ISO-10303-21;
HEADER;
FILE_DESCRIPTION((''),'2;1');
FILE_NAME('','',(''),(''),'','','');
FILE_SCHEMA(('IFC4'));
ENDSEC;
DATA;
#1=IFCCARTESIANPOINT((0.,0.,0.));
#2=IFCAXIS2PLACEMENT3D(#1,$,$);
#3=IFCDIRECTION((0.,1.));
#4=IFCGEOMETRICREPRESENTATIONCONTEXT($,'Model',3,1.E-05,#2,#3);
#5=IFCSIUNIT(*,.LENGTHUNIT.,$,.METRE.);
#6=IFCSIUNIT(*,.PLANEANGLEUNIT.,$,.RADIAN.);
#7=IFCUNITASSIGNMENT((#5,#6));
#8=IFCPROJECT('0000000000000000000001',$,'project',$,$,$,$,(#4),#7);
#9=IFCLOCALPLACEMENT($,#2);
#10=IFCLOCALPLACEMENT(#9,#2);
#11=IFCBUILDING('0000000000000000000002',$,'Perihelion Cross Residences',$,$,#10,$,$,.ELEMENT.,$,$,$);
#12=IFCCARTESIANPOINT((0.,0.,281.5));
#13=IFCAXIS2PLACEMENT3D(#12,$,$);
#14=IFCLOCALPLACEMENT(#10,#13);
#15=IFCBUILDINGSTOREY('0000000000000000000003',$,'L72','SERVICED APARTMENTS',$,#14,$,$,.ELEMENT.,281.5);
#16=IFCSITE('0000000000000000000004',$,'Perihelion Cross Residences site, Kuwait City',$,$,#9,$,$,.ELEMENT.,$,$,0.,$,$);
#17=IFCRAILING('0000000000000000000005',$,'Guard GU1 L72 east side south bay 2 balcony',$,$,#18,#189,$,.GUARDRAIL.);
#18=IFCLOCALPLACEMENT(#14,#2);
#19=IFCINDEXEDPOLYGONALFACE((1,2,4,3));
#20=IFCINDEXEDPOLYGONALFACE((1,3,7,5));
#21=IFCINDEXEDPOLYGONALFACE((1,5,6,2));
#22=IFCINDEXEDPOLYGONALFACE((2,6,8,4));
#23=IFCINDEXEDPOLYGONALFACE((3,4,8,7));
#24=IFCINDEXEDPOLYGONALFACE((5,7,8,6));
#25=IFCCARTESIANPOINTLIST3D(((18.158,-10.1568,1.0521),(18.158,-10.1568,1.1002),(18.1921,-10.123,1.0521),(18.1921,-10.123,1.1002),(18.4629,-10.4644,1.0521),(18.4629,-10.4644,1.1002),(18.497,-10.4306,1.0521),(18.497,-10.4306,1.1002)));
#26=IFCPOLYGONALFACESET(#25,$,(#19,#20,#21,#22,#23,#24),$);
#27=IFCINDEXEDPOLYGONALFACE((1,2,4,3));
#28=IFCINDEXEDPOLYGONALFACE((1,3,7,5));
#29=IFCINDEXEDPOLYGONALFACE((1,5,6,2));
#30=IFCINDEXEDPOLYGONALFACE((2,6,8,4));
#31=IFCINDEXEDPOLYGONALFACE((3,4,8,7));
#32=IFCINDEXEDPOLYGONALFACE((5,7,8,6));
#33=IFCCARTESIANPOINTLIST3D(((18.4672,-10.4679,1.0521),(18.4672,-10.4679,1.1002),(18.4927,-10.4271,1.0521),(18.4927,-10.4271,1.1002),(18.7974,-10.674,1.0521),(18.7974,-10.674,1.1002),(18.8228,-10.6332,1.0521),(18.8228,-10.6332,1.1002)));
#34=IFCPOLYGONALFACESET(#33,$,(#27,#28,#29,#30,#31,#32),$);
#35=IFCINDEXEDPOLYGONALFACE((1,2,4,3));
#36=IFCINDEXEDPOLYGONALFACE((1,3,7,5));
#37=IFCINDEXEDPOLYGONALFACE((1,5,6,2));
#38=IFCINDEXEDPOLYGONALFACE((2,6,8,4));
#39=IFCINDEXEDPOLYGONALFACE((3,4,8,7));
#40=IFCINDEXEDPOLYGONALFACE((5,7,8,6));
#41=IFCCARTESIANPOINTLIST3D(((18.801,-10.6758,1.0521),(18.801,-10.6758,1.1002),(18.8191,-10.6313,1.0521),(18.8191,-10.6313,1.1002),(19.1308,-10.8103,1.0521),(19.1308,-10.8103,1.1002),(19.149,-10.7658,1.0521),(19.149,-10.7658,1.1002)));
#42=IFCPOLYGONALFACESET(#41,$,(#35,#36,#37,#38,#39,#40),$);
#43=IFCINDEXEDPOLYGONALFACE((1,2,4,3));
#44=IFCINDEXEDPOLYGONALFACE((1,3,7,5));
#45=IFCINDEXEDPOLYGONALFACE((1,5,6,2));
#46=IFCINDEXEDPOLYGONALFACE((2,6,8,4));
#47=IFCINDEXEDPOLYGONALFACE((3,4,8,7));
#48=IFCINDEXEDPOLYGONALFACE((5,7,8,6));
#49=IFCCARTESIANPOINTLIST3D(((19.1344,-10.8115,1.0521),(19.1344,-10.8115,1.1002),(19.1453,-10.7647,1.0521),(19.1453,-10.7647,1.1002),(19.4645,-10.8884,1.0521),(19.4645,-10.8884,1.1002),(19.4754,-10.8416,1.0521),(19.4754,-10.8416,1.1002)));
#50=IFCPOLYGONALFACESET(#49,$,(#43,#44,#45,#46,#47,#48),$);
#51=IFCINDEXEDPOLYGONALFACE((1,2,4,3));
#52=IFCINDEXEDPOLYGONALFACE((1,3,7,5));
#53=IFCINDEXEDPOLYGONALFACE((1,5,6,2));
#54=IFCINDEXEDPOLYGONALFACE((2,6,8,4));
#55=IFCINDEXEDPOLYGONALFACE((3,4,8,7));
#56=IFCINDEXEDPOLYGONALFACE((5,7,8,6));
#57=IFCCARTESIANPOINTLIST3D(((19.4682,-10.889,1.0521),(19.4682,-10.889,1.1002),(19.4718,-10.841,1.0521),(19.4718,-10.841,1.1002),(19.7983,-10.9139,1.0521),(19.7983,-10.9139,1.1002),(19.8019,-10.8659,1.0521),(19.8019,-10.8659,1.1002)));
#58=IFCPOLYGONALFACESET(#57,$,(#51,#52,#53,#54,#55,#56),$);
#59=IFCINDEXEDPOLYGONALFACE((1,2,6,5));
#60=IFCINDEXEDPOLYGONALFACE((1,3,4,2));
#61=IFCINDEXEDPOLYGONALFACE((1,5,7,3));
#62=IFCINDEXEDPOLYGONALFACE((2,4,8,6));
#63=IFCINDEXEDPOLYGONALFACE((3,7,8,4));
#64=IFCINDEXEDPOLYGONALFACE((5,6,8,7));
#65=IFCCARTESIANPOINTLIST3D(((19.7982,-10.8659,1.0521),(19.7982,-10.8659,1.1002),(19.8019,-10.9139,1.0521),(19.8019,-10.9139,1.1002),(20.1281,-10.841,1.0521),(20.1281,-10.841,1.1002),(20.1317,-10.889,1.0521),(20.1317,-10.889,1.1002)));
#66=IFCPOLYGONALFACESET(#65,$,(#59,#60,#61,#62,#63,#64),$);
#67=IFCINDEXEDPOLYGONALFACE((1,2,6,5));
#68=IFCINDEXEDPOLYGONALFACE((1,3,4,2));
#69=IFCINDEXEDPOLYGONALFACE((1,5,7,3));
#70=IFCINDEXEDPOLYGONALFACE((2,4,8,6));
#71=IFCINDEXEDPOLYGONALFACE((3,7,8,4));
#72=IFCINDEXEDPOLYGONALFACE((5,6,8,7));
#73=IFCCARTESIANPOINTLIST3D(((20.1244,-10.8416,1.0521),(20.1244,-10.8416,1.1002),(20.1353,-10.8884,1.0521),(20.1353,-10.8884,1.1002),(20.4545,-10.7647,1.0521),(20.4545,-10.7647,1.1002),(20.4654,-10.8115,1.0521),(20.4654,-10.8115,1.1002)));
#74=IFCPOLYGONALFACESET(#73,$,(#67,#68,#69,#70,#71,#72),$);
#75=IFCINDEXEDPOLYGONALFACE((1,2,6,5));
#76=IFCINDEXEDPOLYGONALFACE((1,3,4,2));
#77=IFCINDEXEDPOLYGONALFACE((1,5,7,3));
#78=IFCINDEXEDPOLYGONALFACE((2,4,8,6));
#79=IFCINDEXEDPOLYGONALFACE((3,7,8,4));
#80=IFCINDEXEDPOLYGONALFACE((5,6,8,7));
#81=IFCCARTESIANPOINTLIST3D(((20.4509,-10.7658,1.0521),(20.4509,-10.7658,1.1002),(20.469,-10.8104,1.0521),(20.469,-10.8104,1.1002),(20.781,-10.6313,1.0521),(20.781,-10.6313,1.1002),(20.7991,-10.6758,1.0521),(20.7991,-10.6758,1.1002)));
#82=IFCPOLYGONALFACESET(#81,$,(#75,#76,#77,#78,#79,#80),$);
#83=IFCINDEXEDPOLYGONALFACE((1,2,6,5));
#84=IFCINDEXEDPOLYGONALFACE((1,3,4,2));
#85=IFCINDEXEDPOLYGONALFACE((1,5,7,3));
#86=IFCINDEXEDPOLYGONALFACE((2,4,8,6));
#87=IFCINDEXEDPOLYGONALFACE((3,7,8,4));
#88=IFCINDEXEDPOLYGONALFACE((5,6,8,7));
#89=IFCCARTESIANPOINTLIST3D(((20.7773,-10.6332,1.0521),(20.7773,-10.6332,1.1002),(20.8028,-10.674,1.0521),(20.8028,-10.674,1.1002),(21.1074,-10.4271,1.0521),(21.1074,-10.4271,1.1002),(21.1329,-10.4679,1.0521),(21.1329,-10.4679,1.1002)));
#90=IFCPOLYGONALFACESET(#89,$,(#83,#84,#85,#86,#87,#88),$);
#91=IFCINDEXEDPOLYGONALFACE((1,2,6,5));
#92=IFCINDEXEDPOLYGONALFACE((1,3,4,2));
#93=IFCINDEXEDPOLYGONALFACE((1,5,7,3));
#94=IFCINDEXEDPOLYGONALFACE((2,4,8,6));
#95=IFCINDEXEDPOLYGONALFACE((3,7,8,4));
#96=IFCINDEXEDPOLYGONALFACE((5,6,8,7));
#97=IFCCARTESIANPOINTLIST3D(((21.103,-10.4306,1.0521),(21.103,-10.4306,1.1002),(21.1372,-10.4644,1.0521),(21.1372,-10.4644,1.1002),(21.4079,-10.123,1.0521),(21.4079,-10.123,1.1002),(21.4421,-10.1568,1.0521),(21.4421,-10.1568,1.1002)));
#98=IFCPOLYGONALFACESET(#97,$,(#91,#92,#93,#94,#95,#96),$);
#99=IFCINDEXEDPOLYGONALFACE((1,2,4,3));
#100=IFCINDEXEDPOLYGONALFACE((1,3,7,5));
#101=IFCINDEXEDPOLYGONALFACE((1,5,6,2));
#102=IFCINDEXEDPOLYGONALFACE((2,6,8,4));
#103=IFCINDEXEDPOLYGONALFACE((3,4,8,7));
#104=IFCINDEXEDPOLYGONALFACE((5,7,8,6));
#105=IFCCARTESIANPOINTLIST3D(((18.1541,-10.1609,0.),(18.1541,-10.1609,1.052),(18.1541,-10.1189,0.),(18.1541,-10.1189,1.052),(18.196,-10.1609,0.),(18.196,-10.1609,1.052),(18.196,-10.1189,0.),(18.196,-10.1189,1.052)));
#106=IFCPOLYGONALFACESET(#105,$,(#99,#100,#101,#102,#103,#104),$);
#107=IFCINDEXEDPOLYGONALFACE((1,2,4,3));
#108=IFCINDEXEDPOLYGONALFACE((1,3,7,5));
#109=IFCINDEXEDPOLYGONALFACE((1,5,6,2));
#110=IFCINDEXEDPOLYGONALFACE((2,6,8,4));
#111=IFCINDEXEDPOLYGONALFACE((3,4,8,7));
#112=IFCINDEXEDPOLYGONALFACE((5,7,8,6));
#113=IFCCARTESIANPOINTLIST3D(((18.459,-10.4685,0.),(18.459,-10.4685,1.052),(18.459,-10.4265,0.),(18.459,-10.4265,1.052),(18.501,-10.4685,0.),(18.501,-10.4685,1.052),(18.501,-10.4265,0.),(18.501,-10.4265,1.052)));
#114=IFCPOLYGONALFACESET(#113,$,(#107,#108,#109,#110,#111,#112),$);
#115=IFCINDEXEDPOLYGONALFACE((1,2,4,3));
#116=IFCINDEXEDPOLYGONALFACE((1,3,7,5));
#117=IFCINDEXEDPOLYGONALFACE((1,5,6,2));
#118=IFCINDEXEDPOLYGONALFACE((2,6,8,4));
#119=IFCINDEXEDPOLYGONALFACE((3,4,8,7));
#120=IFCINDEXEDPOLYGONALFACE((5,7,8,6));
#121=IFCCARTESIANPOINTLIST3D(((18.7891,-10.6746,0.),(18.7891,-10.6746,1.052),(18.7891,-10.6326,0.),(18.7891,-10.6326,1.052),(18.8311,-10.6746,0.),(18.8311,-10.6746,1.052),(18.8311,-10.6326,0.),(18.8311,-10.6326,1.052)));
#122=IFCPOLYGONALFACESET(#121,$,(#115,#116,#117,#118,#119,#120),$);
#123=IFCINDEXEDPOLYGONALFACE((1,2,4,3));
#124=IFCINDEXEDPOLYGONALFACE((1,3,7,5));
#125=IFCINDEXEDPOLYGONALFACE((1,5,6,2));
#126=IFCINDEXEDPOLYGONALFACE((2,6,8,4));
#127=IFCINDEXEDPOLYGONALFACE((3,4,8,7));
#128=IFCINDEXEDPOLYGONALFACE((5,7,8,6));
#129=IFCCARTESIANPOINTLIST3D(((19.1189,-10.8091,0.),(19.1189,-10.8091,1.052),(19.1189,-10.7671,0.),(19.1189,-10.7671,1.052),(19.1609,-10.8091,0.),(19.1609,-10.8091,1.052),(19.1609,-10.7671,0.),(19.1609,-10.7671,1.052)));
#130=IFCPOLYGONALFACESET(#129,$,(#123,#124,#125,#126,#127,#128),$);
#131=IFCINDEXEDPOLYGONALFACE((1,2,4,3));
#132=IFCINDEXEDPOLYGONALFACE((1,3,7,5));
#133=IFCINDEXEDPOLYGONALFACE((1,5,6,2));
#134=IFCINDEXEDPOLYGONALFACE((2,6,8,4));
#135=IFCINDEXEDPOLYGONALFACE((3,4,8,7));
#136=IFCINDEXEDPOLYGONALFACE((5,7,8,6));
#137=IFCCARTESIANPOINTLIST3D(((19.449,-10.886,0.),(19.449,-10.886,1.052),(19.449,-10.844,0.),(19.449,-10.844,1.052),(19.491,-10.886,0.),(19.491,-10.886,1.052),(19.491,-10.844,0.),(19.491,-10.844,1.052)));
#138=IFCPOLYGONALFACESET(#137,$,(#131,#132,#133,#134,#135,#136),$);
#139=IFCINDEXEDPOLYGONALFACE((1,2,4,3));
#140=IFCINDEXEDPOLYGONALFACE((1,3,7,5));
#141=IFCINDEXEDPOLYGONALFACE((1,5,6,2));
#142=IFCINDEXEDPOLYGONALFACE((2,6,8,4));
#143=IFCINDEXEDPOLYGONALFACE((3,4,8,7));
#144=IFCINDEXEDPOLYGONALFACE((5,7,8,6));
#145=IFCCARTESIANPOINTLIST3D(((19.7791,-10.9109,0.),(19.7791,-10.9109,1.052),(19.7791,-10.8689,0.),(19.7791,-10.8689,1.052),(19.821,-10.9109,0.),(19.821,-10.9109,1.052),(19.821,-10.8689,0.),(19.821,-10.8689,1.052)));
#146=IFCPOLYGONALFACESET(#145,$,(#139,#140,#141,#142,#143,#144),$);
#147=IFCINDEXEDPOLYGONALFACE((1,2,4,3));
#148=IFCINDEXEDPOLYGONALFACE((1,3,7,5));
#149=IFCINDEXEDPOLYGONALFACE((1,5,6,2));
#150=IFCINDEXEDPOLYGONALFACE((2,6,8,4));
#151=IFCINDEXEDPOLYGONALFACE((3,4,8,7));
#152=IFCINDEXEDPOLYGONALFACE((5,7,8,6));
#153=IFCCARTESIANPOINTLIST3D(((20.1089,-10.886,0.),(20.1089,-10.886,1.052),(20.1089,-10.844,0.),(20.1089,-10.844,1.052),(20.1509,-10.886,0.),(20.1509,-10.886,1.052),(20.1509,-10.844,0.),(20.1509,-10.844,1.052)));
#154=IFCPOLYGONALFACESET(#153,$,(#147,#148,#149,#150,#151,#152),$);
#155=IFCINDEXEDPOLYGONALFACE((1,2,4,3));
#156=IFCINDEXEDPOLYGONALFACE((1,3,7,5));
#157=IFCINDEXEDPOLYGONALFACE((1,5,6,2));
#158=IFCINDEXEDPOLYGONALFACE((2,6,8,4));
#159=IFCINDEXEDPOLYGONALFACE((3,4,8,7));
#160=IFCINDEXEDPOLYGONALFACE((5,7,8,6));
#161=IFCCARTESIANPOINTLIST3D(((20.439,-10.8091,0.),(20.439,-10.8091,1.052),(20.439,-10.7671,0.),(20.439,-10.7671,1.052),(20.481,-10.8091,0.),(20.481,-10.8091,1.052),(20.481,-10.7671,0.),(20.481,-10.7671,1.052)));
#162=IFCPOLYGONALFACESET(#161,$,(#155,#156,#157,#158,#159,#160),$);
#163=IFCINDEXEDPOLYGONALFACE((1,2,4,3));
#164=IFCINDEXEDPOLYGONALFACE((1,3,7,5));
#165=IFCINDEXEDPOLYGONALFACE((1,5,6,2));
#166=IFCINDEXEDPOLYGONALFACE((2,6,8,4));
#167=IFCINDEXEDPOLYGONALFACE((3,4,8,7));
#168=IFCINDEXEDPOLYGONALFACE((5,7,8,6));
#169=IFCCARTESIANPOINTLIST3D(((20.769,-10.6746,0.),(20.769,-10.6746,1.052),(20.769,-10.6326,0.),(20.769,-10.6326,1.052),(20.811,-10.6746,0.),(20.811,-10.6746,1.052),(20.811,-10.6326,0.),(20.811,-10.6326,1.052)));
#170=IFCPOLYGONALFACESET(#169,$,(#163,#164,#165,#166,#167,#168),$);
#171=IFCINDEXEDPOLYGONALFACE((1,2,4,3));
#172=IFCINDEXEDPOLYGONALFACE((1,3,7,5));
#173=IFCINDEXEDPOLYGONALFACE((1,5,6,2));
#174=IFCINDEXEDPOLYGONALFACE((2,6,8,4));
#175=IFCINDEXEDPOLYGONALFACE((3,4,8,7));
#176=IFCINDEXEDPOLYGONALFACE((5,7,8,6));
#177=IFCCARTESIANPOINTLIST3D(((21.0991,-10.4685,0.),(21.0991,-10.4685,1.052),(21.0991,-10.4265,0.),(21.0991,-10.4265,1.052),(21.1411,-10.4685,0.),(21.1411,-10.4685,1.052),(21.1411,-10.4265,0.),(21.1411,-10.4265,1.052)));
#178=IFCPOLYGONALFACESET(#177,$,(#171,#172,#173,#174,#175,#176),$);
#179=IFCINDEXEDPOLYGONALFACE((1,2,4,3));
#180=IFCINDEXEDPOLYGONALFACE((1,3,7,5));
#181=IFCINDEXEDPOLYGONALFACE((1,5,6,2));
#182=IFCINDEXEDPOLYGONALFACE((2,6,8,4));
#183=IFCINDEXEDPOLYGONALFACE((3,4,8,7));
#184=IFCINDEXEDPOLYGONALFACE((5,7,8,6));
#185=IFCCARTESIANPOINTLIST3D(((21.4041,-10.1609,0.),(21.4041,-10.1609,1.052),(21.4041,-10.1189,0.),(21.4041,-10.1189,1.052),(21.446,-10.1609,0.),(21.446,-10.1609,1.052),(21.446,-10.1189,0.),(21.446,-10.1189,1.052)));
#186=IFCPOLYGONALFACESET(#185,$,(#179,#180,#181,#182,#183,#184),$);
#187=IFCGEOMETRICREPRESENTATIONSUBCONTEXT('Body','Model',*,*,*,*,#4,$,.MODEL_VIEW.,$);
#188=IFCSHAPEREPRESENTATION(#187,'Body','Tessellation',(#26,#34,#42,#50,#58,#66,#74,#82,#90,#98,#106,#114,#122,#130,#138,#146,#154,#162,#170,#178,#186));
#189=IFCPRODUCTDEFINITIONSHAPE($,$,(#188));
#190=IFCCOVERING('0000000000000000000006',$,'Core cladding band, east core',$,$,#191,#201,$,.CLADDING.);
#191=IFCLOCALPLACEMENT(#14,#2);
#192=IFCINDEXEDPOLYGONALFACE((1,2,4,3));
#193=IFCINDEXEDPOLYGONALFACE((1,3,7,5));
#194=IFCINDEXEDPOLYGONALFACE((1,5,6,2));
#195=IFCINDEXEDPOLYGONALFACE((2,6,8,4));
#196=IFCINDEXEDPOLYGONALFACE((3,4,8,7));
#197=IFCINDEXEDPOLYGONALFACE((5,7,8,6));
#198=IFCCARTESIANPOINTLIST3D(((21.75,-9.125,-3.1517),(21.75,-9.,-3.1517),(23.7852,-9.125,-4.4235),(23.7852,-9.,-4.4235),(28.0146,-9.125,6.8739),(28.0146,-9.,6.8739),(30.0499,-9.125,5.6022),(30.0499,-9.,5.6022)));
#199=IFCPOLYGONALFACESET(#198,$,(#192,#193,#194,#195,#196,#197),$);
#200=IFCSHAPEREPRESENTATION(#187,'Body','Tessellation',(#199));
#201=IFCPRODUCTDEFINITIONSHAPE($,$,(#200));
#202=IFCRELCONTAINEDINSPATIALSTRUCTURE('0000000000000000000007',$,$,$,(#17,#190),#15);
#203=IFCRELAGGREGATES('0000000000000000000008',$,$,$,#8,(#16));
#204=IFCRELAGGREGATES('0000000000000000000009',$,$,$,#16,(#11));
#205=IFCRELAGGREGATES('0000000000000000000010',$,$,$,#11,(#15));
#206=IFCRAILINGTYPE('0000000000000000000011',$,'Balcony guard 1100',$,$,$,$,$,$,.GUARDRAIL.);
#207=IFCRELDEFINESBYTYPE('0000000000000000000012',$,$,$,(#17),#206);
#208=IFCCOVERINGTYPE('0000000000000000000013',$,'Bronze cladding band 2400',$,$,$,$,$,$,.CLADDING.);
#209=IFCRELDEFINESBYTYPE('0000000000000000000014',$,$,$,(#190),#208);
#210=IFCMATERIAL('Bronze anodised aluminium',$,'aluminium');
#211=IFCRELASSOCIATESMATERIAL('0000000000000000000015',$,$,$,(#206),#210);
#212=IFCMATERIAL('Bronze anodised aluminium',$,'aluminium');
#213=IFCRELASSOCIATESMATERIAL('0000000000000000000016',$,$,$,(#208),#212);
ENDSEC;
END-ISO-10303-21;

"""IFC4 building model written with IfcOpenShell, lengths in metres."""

from ifc_helpers import new_model, si_unit, direction, frame, origin, origin_2d, place, context, subcontext, project, spatial, rectangle, extrude, material, material_profile, profile_set, type_object, element, save


model = new_model("IFC4")

# Units and contexts
model_context = context("Model", 3, precision=1e-05, world=origin(), true_north=direction((0.0, 1.0)))
body_context = subcontext(model_context, "Body", "Model", "MODEL_VIEW")
ifc_project = project(units=[si_unit("LENGTHUNIT", "METRE"), si_unit("PLANEANGLEUNIT", "RADIAN")], contexts=[model_context])

# Site, building, storey
site_placement = place(None, origin())
site = spatial("IfcSite", under=ifc_project, at=site_placement, Name="Perihelion Cross Residences site, Kuwait City", CompositionType="ELEMENT", RefElevation=0.0)
building_placement = place(site_placement, origin())
building = spatial("IfcBuilding", under=site, at=building_placement, Name="Perihelion Cross Residences", CompositionType="ELEMENT")
storey_placement = place(building_placement, frame((0.0, 0.0, 281.5)))
storey = spatial("IfcBuildingStorey", under=building, at=storey_placement, Name="L72", Description="SERVICED APARTMENTS", CompositionType="ELEMENT", Elevation=281.5)

# Railing
ifc_material_1 = material(Name="Bronze anodised aluminium", Category="aluminium")
railing_type = type_object("IfcRailingType", Name="Balcony guard 1100", PredefinedType="GUARDRAIL", material=ifc_material_1)
railing_placement = place(storey_placement, frame((18.175, -10.1399, 0.0)))
element("IfcRailing", 1, at=railing_placement, inside=storey, type_object=railing_type, Name="Guard GU1 L72 east side south bay 2 balcony", PredefinedType="GUARDRAIL", context=body_context, shape_type="SweptSolid", body=[
    extrude(rectangle(XDim=0.0481, YDim=0.0481, at=origin_2d()), frame((0.0, 0.0, 1.0762), z_axis=(0.704, -0.7102, 0.0), x_axis=(0.7102, 0.704, 0.0)), (0.0, 0.0, 1.0), 0.4331),
    extrude(rectangle(XDim=0.0481, YDim=0.0481, at=origin_2d()), frame((0.3049, -0.3076, 1.0762), z_axis=(0.84828, -0.529548, 0.0), x_axis=(0.529548, 0.84828, 0.0)), (0.0, 0.0, 1.0), 0.3892),
    extrude(rectangle(XDim=0.0481, YDim=0.0481, at=origin_2d()), frame((0.635, -0.5137, 1.0762), z_axis=(0.92595, -0.377645, 0.0), x_axis=(0.377645, 0.92595, 0.0)), (0.0, 0.0, 1.0), 0.3562),
    extrude(rectangle(XDim=0.0481, YDim=0.0481, at=origin_2d()), frame((0.9648, -0.6482, 1.0762), z_axis=(0.973916, -0.226911, 0.0), x_axis=(0.226911, 0.973916, 0.0)), (0.0, 0.0, 1.0), 0.3389),
    extrude(rectangle(XDim=0.0481, YDim=0.0481, at=origin_2d()), frame((1.2949, -0.7251, 1.0762), z_axis=(0.997166, -0.07523, 0.0), x_axis=(0.07523, 0.997166, 0.0)), (0.0, 0.0, 1.0), 0.3311),
    extrude(rectangle(XDim=0.0481, YDim=0.0481, at=origin_2d()), frame((1.625, -0.75, 1.0762), z_axis=(0.997162, 0.075285, 0.0), x_axis=(-0.075285, 0.997162, 0.0)), (0.0, 0.0, 1.0), 0.3308),
    extrude(rectangle(XDim=0.0481, YDim=0.0481, at=origin_2d()), frame((1.9548, -0.7251, 1.0762), z_axis=(0.973916, 0.226911, 0.0), x_axis=(-0.226911, 0.973916, 0.0)), (0.0, 0.0, 1.0), 0.3389),
    extrude(rectangle(XDim=0.0481, YDim=0.0481, at=origin_2d()), frame((2.2849, -0.6482, 1.0762), z_axis=(0.926048, 0.377406, 0.0), x_axis=(-0.377406, 0.926048, 0.0)), (0.0, 0.0, 1.0), 0.3564),
    extrude(rectangle(XDim=0.0481, YDim=0.0481, at=origin_2d()), frame((2.615, -0.5137, 1.0762), z_axis=(0.84828, 0.529548, 0.0), x_axis=(-0.529548, 0.84828, 0.0)), (0.0, 0.0, 1.0), 0.3892),
    extrude(rectangle(XDim=0.0481, YDim=0.0481, at=origin_2d()), frame((2.9451, -0.3076, 1.0762), z_axis=(0.704, 0.7102, 0.0), x_axis=(-0.7102, 0.704, 0.0)), (0.0, 0.0, 1.0), 0.4331),
    extrude(rectangle(XDim=0.042, YDim=0.042, at=origin_2d()), origin(), (0.0, 0.0, 1.0), 1.052),
    extrude(rectangle(XDim=0.042, YDim=0.042, at=origin_2d()), frame((0.3049, -0.3076, 0.0)), (0.0, 0.0, 1.0), 1.052),
    extrude(rectangle(XDim=0.042, YDim=0.042, at=origin_2d()), frame((0.635, -0.5137, 0.0)), (0.0, 0.0, 1.0), 1.052),
    extrude(rectangle(XDim=0.042, YDim=0.042, at=origin_2d()), frame((0.9648, -0.6482, 0.0)), (0.0, 0.0, 1.0), 1.052),
    extrude(rectangle(XDim=0.042, YDim=0.042, at=origin_2d()), frame((1.2949, -0.7251, 0.0)), (0.0, 0.0, 1.0), 1.052),
    extrude(rectangle(XDim=0.042, YDim=0.042, at=origin_2d()), frame((1.625, -0.75, 0.0)), (0.0, 0.0, 1.0), 1.052),
    extrude(rectangle(XDim=0.042, YDim=0.042, at=origin_2d()), frame((1.9548, -0.7251, 0.0)), (0.0, 0.0, 1.0), 1.052),
    extrude(rectangle(XDim=0.042, YDim=0.042, at=origin_2d()), frame((2.2849, -0.6482, 0.0)), (0.0, 0.0, 1.0), 1.052),
    extrude(rectangle(XDim=0.042, YDim=0.042, at=origin_2d()), frame((2.615, -0.5137, 0.0)), (0.0, 0.0, 1.0), 1.052),
    extrude(rectangle(XDim=0.042, YDim=0.042, at=origin_2d()), frame((2.9451, -0.3076, 0.0)), (0.0, 0.0, 1.0), 1.052),
    extrude(rectangle(XDim=0.042, YDim=0.042, at=origin_2d()), frame((3.25, 0.0, 0.0)), (0.0, 0.0, 1.0), 1.052),
])

# Covering
ifc_material_2 = material(Name="Bronze anodised aluminium", Category="aluminium")
ifc_material_profile_1 = material_profile(ifc_material_2, rectangle(XDim=0.125, YDim=2.3999, at=origin_2d()), Name="Bronze cladding band 2400")
ifc_profile_set_1 = profile_set([ifc_material_profile_1], Name="Bronze anodised aluminium")
covering_type = type_object("IfcCoveringType", Name="Bronze cladding band 2400", PredefinedType="CLADDING", material=ifc_profile_set_1)
covering_placement = place(storey_placement, frame((22.7676, -9.0625, -3.7876), z_axis=(0.529915, 0.0, 0.848051), x_axis=(0.0, 1.0, 0.0)))
element("IfcCovering", 2, at=covering_placement, inside=storey, type_object=covering_type, Name="Core cladding band, east core", PredefinedType="CLADDING", context=body_context, shape_type="SweptSolid", body=[
    extrude(rectangle(XDim=0.125, YDim=2.3999, at=origin_2d()), origin(), (0.0, 0.0, 1.0), 11.822),
])

save(model, "model.ifc")
